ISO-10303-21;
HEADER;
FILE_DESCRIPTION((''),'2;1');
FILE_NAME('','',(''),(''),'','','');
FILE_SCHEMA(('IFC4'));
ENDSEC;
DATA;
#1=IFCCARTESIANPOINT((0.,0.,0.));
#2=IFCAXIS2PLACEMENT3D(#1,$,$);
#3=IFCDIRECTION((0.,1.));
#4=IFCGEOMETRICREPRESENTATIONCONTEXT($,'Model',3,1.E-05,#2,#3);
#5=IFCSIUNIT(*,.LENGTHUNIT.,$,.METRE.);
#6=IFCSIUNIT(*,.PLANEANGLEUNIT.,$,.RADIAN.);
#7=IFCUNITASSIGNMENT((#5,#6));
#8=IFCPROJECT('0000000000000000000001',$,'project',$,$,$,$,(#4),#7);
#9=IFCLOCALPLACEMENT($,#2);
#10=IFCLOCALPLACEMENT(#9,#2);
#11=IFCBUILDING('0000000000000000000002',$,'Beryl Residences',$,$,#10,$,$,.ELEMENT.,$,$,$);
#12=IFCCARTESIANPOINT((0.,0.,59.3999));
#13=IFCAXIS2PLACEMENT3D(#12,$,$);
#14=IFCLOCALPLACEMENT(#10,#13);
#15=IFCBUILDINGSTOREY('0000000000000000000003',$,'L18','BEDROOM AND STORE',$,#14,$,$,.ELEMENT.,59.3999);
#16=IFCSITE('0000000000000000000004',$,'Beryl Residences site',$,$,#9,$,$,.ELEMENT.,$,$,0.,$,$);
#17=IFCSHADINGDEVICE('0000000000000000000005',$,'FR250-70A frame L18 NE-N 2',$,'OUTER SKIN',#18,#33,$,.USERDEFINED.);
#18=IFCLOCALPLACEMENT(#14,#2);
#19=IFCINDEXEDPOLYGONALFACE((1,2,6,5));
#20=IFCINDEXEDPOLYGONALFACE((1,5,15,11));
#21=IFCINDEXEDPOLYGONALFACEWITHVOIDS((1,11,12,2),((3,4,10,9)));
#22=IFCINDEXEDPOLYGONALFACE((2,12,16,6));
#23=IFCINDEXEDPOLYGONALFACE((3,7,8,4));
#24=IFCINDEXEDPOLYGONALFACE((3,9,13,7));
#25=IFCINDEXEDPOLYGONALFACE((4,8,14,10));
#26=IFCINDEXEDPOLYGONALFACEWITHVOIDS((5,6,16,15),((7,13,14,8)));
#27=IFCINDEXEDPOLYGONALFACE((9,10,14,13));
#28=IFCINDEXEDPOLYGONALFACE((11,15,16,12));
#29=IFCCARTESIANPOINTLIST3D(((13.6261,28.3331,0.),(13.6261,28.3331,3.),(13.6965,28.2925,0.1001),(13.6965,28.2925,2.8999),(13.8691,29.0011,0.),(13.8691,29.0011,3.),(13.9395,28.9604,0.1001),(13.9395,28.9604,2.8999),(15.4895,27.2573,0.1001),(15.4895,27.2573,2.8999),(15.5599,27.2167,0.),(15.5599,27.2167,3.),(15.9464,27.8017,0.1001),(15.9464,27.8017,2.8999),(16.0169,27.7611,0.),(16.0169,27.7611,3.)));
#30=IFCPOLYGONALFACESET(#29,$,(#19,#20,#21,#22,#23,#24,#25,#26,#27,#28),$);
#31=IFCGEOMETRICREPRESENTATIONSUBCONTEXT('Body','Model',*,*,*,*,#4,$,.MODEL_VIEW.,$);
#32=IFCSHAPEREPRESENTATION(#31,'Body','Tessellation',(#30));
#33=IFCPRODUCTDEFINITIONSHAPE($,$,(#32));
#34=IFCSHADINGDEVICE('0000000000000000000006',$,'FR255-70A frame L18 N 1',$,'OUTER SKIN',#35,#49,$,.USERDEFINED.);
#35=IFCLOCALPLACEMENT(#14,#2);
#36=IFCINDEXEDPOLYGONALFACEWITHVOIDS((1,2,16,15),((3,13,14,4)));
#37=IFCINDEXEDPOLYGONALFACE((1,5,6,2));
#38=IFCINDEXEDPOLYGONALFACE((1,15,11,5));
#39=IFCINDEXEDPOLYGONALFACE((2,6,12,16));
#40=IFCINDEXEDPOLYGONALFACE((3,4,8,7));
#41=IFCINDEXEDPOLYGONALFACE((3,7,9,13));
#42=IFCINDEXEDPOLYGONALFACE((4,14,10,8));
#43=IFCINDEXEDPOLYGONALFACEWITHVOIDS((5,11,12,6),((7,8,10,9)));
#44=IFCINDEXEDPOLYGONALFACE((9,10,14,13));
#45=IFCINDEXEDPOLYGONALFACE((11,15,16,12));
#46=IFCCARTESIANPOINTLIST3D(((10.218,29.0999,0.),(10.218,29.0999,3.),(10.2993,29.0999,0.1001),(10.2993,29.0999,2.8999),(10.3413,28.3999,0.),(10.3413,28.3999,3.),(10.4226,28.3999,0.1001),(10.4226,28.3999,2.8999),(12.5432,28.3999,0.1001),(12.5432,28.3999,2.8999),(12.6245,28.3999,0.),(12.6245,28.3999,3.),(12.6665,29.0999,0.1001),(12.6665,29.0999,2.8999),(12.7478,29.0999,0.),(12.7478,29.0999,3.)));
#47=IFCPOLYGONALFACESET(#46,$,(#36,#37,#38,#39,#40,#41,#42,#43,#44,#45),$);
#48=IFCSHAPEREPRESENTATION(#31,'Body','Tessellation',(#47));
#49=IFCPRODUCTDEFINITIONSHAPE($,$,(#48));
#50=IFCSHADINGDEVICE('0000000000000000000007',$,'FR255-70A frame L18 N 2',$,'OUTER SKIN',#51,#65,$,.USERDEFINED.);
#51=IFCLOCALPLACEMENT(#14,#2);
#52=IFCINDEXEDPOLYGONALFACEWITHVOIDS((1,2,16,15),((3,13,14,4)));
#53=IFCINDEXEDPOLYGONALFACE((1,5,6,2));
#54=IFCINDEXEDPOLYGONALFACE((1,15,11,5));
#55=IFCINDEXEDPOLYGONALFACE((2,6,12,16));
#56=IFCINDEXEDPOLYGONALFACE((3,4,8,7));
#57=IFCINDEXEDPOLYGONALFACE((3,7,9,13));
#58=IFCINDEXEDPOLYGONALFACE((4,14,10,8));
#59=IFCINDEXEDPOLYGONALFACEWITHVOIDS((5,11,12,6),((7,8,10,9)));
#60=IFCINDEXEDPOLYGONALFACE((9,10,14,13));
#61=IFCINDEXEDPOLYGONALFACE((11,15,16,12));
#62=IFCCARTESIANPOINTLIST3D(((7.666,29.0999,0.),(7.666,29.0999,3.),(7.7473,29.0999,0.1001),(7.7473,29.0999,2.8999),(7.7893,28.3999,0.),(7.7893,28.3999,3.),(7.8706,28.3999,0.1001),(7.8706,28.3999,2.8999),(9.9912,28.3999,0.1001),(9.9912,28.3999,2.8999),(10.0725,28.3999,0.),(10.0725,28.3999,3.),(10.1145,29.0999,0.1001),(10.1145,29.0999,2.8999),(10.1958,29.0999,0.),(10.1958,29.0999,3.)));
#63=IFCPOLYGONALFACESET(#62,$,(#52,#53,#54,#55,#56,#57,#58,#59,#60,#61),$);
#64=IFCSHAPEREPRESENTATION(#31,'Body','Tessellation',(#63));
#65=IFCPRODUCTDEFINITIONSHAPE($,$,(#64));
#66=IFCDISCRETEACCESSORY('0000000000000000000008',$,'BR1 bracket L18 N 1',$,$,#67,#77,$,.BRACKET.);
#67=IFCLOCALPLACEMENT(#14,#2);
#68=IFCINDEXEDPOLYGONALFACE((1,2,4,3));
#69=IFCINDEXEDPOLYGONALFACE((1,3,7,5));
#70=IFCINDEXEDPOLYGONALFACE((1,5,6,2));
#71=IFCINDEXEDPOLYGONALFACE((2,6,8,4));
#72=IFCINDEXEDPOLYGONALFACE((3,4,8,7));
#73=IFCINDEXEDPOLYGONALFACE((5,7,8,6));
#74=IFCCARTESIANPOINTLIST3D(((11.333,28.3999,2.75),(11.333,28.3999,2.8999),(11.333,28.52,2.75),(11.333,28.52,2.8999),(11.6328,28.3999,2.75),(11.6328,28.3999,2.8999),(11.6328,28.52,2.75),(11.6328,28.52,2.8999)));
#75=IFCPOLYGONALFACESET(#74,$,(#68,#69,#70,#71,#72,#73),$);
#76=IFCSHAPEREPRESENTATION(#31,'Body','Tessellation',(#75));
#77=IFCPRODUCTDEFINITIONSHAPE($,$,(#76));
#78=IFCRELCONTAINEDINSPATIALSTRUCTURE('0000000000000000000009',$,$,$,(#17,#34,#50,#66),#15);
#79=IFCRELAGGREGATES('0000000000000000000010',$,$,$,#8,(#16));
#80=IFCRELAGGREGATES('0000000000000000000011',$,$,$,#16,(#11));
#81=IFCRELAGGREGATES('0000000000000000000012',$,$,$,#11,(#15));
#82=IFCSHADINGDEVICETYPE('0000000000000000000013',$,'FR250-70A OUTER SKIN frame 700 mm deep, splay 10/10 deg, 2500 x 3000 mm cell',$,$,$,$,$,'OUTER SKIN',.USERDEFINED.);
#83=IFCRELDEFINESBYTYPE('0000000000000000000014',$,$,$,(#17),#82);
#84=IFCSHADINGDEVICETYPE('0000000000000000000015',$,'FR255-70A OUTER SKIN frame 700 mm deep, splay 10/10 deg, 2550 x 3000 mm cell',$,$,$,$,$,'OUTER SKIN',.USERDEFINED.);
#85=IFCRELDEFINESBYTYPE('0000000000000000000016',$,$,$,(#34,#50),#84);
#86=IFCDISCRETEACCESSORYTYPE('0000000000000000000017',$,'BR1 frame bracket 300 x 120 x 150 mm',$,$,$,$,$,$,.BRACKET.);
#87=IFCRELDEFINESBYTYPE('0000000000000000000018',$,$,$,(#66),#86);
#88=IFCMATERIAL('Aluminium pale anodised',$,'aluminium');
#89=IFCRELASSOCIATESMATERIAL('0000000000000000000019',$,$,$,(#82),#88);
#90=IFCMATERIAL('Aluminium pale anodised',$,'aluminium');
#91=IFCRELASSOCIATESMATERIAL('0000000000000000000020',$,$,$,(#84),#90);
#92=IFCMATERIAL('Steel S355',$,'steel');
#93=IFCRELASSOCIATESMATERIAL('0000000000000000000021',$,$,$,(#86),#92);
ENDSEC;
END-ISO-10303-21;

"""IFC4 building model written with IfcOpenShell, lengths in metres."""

from ifc_helpers import new_model, entity, si_unit, direction, frame, origin, place, context, subcontext, project, spatial, polyline, outline, extrude, source, transform, mapped, material, type_object, type_shapes, element, save


model = new_model("IFC4")

# Units and contexts
model_context = context("Model", 3, precision=1e-05, world=origin(), true_north=direction((0.0, 1.0)))
body_context = subcontext(model_context, "Body", "Model", "MODEL_VIEW")
ifc_project = project(units=[si_unit("LENGTHUNIT", "METRE"), si_unit("PLANEANGLEUNIT", "RADIAN")], contexts=[model_context])

# Site, building, storey
site_placement = place(None, origin())
site = spatial("IfcSite", under=ifc_project, at=site_placement, Name="Beryl Residences site", CompositionType="ELEMENT", RefElevation=0.0)
building_placement = place(site_placement, origin())
building = spatial("IfcBuilding", under=site, at=building_placement, Name="Beryl Residences", CompositionType="ELEMENT")
storey_placement = place(building_placement, frame((0.0, 0.0, 59.3999)))
storey = spatial("IfcBuildingStorey", under=building, at=storey_placement, Name="L18", Description="BEDROOM AND STORE", CompositionType="ELEMENT", Elevation=59.3999)

# Shading devices
ifc_material_1 = material(Name="Aluminium pale anodised", Category="aluminium")
shading_device_type_1 = type_object("IfcShadingDeviceType", Name="FR250-70A OUTER SKIN frame 700 mm deep, splay 10/10 deg, 2500 x 3000 mm cell", ElementType="OUTER SKIN", PredefinedType="USERDEFINED", material=ifc_material_1)
cartesian_point_1 = entity("IfcCartesianPoint", [-1.1165, 0.0])
cartesian_point_2 = entity("IfcCartesianPoint", [-1.0352, 0.1001])
cartesian_point_3 = entity("IfcCartesianPoint", [-1.24, 0.0])
cartesian_point_4 = entity("IfcCartesianPoint", [-1.1587, 0.1001])
shared_shape_1 = source(origin(), body_context, "Body", "SweptSolid", [
    entity("IfcExtrudedAreaSolidTapered", entity("IfcArbitraryProfileDefWithVoids", "AREA", None, entity("IfcPolyline", [cartesian_point_1, entity("IfcCartesianPoint", [1.1165, 0.0]), entity("IfcCartesianPoint", [1.1165, 3.0]), entity("IfcCartesianPoint", [-1.1165, 3.0]), cartesian_point_1]), [entity("IfcPolyline", [cartesian_point_2, entity("IfcCartesianPoint", [1.0352, 0.1001]), entity("IfcCartesianPoint", [1.0352, 2.8999]), entity("IfcCartesianPoint", [-1.0352, 2.8999]), cartesian_point_2])]), entity("IfcAxis2Placement3D", entity("IfcCartesianPoint", [0.0, 0.0, 0.0]), entity("IfcDirection", [0.0, 1.0, 0.0]), entity("IfcDirection", [-1.0, 0.0, 0.0])), entity("IfcDirection", [0.0, 0.0, 1.0]), 0.7, entity("IfcArbitraryProfileDefWithVoids", "AREA", None, entity("IfcPolyline", [cartesian_point_3, entity("IfcCartesianPoint", [1.24, 0.0]), entity("IfcCartesianPoint", [1.24, 3.0]), entity("IfcCartesianPoint", [-1.24, 3.0]), cartesian_point_3]), [entity("IfcPolyline", [cartesian_point_4, entity("IfcCartesianPoint", [1.1587, 0.1001]), entity("IfcCartesianPoint", [1.1587, 2.8999]), entity("IfcCartesianPoint", [-1.1587, 2.8999]), cartesian_point_4])])),
])
type_shapes(shading_device_type_1, [shared_shape_1])
shading_device_placement = place(storey_placement, frame((14.593, 27.7749, 0.0), z_axis=(0.0, 0.0, 1.0), x_axis=(0.866025, -0.5, 0.0)))
element("IfcShadingDevice", 1, at=shading_device_placement, inside=storey, type_object=shading_device_type_1, Name="FR250-70A frame L18 NE-N 2", ObjectType="OUTER SKIN", PredefinedType="USERDEFINED", context=body_context, shape_type="MappedRepresentation", body=[
    mapped(shared_shape_1, transform((0.0, 0.0, 0.0))),
])
ifc_material_2 = material(Name="Aluminium pale anodised", Category="aluminium")
shading_device_type_2 = type_object("IfcShadingDeviceType", Name="FR255-70A OUTER SKIN frame 700 mm deep, splay 10/10 deg, 2550 x 3000 mm cell", ElementType="OUTER SKIN", PredefinedType="USERDEFINED", material=ifc_material_2)
cartesian_point_5 = entity("IfcCartesianPoint", [-1.1416, 0.0])
cartesian_point_6 = entity("IfcCartesianPoint", [-1.0603, 0.1001])
cartesian_point_7 = entity("IfcCartesianPoint", [-1.2649, 0.0])
cartesian_point_8 = entity("IfcCartesianPoint", [-1.1836, 0.1001])
shared_shape_2 = source(origin(), body_context, "Body", "SweptSolid", [
    entity("IfcExtrudedAreaSolidTapered", entity("IfcArbitraryProfileDefWithVoids", "AREA", None, entity("IfcPolyline", [cartesian_point_5, entity("IfcCartesianPoint", [1.1416, 0.0]), entity("IfcCartesianPoint", [1.1416, 3.0]), entity("IfcCartesianPoint", [-1.1416, 3.0]), cartesian_point_5]), [entity("IfcPolyline", [cartesian_point_6, entity("IfcCartesianPoint", [1.0603, 0.1001]), entity("IfcCartesianPoint", [1.0603, 2.8999]), entity("IfcCartesianPoint", [-1.0603, 2.8999]), cartesian_point_6])]), entity("IfcAxis2Placement3D", entity("IfcCartesianPoint", [0.0, 0.0, 0.0]), entity("IfcDirection", [0.0, 1.0, 0.0]), entity("IfcDirection", [-1.0, 0.0, 0.0])), entity("IfcDirection", [0.0, 0.0, 1.0]), 0.7, entity("IfcArbitraryProfileDefWithVoids", "AREA", None, entity("IfcPolyline", [cartesian_point_7, entity("IfcCartesianPoint", [1.2649, 0.0]), entity("IfcCartesianPoint", [1.2649, 3.0]), entity("IfcCartesianPoint", [-1.2649, 3.0]), cartesian_point_7]), [entity("IfcPolyline", [cartesian_point_8, entity("IfcCartesianPoint", [1.1836, 0.1001]), entity("IfcCartesianPoint", [1.1836, 2.8999]), entity("IfcCartesianPoint", [-1.1836, 2.8999]), cartesian_point_8])])),
])
type_shapes(shading_device_type_2, [shared_shape_2])
for number, where, z_axis, x_axis, name in (
    (2, (11.4829, 28.3999, 0.0), (0.0, 0.0, 1.0), (1.0, 0.0, 0.0), "FR255-70A frame L18 N 1"),
    (3, (8.9309, 28.3999, 0.0), (0.0, 0.0, 1.0), (1.0, 0.0, 0.0), "FR255-70A frame L18 N 2"),
):
    element("IfcShadingDevice", number, at=place(storey_placement, frame(where, z_axis=z_axis, x_axis=x_axis)), inside=storey, type_object=shading_device_type_2, Name=name, ObjectType="OUTER SKIN", PredefinedType="USERDEFINED", context=body_context, shape_type="MappedRepresentation", body=[
        mapped(shared_shape_2, transform((0.0, 0.0, 0.0))),
    ])

# Discrete accessory
ifc_material_3 = material(Name="Steel S355", Category="steel")
discrete_accessory_type = type_object("IfcDiscreteAccessoryType", Name="BR1 frame bracket 300 x 120 x 150 mm", PredefinedType="BRACKET", material=ifc_material_3)
shared_shape_3 = source(origin(), body_context, "Body", "SweptSolid", [
    extrude(outline(polyline([(-0.1499, 0.0), (0.1499, 0.0), (0.1499, 0.1201), (-0.1499, 0.1201), (-0.1499, 0.0)])), origin(), (0.0, 0.0, 1.0), 0.1499),
])
type_shapes(discrete_accessory_type, [shared_shape_3])
discrete_accessory_placement = place(storey_placement, frame((11.4829, 28.3999, 2.75), z_axis=(0.0, 0.0, 1.0), x_axis=(1.0, 0.0, 0.0)))
element("IfcDiscreteAccessory", 4, at=discrete_accessory_placement, inside=storey, type_object=discrete_accessory_type, Name="BR1 bracket L18 N 1", PredefinedType="BRACKET", context=body_context, shape_type="MappedRepresentation", body=[
    mapped(shared_shape_3, transform((0.0, 0.0, 0.0))),
])

save(model, "model.ifc")
